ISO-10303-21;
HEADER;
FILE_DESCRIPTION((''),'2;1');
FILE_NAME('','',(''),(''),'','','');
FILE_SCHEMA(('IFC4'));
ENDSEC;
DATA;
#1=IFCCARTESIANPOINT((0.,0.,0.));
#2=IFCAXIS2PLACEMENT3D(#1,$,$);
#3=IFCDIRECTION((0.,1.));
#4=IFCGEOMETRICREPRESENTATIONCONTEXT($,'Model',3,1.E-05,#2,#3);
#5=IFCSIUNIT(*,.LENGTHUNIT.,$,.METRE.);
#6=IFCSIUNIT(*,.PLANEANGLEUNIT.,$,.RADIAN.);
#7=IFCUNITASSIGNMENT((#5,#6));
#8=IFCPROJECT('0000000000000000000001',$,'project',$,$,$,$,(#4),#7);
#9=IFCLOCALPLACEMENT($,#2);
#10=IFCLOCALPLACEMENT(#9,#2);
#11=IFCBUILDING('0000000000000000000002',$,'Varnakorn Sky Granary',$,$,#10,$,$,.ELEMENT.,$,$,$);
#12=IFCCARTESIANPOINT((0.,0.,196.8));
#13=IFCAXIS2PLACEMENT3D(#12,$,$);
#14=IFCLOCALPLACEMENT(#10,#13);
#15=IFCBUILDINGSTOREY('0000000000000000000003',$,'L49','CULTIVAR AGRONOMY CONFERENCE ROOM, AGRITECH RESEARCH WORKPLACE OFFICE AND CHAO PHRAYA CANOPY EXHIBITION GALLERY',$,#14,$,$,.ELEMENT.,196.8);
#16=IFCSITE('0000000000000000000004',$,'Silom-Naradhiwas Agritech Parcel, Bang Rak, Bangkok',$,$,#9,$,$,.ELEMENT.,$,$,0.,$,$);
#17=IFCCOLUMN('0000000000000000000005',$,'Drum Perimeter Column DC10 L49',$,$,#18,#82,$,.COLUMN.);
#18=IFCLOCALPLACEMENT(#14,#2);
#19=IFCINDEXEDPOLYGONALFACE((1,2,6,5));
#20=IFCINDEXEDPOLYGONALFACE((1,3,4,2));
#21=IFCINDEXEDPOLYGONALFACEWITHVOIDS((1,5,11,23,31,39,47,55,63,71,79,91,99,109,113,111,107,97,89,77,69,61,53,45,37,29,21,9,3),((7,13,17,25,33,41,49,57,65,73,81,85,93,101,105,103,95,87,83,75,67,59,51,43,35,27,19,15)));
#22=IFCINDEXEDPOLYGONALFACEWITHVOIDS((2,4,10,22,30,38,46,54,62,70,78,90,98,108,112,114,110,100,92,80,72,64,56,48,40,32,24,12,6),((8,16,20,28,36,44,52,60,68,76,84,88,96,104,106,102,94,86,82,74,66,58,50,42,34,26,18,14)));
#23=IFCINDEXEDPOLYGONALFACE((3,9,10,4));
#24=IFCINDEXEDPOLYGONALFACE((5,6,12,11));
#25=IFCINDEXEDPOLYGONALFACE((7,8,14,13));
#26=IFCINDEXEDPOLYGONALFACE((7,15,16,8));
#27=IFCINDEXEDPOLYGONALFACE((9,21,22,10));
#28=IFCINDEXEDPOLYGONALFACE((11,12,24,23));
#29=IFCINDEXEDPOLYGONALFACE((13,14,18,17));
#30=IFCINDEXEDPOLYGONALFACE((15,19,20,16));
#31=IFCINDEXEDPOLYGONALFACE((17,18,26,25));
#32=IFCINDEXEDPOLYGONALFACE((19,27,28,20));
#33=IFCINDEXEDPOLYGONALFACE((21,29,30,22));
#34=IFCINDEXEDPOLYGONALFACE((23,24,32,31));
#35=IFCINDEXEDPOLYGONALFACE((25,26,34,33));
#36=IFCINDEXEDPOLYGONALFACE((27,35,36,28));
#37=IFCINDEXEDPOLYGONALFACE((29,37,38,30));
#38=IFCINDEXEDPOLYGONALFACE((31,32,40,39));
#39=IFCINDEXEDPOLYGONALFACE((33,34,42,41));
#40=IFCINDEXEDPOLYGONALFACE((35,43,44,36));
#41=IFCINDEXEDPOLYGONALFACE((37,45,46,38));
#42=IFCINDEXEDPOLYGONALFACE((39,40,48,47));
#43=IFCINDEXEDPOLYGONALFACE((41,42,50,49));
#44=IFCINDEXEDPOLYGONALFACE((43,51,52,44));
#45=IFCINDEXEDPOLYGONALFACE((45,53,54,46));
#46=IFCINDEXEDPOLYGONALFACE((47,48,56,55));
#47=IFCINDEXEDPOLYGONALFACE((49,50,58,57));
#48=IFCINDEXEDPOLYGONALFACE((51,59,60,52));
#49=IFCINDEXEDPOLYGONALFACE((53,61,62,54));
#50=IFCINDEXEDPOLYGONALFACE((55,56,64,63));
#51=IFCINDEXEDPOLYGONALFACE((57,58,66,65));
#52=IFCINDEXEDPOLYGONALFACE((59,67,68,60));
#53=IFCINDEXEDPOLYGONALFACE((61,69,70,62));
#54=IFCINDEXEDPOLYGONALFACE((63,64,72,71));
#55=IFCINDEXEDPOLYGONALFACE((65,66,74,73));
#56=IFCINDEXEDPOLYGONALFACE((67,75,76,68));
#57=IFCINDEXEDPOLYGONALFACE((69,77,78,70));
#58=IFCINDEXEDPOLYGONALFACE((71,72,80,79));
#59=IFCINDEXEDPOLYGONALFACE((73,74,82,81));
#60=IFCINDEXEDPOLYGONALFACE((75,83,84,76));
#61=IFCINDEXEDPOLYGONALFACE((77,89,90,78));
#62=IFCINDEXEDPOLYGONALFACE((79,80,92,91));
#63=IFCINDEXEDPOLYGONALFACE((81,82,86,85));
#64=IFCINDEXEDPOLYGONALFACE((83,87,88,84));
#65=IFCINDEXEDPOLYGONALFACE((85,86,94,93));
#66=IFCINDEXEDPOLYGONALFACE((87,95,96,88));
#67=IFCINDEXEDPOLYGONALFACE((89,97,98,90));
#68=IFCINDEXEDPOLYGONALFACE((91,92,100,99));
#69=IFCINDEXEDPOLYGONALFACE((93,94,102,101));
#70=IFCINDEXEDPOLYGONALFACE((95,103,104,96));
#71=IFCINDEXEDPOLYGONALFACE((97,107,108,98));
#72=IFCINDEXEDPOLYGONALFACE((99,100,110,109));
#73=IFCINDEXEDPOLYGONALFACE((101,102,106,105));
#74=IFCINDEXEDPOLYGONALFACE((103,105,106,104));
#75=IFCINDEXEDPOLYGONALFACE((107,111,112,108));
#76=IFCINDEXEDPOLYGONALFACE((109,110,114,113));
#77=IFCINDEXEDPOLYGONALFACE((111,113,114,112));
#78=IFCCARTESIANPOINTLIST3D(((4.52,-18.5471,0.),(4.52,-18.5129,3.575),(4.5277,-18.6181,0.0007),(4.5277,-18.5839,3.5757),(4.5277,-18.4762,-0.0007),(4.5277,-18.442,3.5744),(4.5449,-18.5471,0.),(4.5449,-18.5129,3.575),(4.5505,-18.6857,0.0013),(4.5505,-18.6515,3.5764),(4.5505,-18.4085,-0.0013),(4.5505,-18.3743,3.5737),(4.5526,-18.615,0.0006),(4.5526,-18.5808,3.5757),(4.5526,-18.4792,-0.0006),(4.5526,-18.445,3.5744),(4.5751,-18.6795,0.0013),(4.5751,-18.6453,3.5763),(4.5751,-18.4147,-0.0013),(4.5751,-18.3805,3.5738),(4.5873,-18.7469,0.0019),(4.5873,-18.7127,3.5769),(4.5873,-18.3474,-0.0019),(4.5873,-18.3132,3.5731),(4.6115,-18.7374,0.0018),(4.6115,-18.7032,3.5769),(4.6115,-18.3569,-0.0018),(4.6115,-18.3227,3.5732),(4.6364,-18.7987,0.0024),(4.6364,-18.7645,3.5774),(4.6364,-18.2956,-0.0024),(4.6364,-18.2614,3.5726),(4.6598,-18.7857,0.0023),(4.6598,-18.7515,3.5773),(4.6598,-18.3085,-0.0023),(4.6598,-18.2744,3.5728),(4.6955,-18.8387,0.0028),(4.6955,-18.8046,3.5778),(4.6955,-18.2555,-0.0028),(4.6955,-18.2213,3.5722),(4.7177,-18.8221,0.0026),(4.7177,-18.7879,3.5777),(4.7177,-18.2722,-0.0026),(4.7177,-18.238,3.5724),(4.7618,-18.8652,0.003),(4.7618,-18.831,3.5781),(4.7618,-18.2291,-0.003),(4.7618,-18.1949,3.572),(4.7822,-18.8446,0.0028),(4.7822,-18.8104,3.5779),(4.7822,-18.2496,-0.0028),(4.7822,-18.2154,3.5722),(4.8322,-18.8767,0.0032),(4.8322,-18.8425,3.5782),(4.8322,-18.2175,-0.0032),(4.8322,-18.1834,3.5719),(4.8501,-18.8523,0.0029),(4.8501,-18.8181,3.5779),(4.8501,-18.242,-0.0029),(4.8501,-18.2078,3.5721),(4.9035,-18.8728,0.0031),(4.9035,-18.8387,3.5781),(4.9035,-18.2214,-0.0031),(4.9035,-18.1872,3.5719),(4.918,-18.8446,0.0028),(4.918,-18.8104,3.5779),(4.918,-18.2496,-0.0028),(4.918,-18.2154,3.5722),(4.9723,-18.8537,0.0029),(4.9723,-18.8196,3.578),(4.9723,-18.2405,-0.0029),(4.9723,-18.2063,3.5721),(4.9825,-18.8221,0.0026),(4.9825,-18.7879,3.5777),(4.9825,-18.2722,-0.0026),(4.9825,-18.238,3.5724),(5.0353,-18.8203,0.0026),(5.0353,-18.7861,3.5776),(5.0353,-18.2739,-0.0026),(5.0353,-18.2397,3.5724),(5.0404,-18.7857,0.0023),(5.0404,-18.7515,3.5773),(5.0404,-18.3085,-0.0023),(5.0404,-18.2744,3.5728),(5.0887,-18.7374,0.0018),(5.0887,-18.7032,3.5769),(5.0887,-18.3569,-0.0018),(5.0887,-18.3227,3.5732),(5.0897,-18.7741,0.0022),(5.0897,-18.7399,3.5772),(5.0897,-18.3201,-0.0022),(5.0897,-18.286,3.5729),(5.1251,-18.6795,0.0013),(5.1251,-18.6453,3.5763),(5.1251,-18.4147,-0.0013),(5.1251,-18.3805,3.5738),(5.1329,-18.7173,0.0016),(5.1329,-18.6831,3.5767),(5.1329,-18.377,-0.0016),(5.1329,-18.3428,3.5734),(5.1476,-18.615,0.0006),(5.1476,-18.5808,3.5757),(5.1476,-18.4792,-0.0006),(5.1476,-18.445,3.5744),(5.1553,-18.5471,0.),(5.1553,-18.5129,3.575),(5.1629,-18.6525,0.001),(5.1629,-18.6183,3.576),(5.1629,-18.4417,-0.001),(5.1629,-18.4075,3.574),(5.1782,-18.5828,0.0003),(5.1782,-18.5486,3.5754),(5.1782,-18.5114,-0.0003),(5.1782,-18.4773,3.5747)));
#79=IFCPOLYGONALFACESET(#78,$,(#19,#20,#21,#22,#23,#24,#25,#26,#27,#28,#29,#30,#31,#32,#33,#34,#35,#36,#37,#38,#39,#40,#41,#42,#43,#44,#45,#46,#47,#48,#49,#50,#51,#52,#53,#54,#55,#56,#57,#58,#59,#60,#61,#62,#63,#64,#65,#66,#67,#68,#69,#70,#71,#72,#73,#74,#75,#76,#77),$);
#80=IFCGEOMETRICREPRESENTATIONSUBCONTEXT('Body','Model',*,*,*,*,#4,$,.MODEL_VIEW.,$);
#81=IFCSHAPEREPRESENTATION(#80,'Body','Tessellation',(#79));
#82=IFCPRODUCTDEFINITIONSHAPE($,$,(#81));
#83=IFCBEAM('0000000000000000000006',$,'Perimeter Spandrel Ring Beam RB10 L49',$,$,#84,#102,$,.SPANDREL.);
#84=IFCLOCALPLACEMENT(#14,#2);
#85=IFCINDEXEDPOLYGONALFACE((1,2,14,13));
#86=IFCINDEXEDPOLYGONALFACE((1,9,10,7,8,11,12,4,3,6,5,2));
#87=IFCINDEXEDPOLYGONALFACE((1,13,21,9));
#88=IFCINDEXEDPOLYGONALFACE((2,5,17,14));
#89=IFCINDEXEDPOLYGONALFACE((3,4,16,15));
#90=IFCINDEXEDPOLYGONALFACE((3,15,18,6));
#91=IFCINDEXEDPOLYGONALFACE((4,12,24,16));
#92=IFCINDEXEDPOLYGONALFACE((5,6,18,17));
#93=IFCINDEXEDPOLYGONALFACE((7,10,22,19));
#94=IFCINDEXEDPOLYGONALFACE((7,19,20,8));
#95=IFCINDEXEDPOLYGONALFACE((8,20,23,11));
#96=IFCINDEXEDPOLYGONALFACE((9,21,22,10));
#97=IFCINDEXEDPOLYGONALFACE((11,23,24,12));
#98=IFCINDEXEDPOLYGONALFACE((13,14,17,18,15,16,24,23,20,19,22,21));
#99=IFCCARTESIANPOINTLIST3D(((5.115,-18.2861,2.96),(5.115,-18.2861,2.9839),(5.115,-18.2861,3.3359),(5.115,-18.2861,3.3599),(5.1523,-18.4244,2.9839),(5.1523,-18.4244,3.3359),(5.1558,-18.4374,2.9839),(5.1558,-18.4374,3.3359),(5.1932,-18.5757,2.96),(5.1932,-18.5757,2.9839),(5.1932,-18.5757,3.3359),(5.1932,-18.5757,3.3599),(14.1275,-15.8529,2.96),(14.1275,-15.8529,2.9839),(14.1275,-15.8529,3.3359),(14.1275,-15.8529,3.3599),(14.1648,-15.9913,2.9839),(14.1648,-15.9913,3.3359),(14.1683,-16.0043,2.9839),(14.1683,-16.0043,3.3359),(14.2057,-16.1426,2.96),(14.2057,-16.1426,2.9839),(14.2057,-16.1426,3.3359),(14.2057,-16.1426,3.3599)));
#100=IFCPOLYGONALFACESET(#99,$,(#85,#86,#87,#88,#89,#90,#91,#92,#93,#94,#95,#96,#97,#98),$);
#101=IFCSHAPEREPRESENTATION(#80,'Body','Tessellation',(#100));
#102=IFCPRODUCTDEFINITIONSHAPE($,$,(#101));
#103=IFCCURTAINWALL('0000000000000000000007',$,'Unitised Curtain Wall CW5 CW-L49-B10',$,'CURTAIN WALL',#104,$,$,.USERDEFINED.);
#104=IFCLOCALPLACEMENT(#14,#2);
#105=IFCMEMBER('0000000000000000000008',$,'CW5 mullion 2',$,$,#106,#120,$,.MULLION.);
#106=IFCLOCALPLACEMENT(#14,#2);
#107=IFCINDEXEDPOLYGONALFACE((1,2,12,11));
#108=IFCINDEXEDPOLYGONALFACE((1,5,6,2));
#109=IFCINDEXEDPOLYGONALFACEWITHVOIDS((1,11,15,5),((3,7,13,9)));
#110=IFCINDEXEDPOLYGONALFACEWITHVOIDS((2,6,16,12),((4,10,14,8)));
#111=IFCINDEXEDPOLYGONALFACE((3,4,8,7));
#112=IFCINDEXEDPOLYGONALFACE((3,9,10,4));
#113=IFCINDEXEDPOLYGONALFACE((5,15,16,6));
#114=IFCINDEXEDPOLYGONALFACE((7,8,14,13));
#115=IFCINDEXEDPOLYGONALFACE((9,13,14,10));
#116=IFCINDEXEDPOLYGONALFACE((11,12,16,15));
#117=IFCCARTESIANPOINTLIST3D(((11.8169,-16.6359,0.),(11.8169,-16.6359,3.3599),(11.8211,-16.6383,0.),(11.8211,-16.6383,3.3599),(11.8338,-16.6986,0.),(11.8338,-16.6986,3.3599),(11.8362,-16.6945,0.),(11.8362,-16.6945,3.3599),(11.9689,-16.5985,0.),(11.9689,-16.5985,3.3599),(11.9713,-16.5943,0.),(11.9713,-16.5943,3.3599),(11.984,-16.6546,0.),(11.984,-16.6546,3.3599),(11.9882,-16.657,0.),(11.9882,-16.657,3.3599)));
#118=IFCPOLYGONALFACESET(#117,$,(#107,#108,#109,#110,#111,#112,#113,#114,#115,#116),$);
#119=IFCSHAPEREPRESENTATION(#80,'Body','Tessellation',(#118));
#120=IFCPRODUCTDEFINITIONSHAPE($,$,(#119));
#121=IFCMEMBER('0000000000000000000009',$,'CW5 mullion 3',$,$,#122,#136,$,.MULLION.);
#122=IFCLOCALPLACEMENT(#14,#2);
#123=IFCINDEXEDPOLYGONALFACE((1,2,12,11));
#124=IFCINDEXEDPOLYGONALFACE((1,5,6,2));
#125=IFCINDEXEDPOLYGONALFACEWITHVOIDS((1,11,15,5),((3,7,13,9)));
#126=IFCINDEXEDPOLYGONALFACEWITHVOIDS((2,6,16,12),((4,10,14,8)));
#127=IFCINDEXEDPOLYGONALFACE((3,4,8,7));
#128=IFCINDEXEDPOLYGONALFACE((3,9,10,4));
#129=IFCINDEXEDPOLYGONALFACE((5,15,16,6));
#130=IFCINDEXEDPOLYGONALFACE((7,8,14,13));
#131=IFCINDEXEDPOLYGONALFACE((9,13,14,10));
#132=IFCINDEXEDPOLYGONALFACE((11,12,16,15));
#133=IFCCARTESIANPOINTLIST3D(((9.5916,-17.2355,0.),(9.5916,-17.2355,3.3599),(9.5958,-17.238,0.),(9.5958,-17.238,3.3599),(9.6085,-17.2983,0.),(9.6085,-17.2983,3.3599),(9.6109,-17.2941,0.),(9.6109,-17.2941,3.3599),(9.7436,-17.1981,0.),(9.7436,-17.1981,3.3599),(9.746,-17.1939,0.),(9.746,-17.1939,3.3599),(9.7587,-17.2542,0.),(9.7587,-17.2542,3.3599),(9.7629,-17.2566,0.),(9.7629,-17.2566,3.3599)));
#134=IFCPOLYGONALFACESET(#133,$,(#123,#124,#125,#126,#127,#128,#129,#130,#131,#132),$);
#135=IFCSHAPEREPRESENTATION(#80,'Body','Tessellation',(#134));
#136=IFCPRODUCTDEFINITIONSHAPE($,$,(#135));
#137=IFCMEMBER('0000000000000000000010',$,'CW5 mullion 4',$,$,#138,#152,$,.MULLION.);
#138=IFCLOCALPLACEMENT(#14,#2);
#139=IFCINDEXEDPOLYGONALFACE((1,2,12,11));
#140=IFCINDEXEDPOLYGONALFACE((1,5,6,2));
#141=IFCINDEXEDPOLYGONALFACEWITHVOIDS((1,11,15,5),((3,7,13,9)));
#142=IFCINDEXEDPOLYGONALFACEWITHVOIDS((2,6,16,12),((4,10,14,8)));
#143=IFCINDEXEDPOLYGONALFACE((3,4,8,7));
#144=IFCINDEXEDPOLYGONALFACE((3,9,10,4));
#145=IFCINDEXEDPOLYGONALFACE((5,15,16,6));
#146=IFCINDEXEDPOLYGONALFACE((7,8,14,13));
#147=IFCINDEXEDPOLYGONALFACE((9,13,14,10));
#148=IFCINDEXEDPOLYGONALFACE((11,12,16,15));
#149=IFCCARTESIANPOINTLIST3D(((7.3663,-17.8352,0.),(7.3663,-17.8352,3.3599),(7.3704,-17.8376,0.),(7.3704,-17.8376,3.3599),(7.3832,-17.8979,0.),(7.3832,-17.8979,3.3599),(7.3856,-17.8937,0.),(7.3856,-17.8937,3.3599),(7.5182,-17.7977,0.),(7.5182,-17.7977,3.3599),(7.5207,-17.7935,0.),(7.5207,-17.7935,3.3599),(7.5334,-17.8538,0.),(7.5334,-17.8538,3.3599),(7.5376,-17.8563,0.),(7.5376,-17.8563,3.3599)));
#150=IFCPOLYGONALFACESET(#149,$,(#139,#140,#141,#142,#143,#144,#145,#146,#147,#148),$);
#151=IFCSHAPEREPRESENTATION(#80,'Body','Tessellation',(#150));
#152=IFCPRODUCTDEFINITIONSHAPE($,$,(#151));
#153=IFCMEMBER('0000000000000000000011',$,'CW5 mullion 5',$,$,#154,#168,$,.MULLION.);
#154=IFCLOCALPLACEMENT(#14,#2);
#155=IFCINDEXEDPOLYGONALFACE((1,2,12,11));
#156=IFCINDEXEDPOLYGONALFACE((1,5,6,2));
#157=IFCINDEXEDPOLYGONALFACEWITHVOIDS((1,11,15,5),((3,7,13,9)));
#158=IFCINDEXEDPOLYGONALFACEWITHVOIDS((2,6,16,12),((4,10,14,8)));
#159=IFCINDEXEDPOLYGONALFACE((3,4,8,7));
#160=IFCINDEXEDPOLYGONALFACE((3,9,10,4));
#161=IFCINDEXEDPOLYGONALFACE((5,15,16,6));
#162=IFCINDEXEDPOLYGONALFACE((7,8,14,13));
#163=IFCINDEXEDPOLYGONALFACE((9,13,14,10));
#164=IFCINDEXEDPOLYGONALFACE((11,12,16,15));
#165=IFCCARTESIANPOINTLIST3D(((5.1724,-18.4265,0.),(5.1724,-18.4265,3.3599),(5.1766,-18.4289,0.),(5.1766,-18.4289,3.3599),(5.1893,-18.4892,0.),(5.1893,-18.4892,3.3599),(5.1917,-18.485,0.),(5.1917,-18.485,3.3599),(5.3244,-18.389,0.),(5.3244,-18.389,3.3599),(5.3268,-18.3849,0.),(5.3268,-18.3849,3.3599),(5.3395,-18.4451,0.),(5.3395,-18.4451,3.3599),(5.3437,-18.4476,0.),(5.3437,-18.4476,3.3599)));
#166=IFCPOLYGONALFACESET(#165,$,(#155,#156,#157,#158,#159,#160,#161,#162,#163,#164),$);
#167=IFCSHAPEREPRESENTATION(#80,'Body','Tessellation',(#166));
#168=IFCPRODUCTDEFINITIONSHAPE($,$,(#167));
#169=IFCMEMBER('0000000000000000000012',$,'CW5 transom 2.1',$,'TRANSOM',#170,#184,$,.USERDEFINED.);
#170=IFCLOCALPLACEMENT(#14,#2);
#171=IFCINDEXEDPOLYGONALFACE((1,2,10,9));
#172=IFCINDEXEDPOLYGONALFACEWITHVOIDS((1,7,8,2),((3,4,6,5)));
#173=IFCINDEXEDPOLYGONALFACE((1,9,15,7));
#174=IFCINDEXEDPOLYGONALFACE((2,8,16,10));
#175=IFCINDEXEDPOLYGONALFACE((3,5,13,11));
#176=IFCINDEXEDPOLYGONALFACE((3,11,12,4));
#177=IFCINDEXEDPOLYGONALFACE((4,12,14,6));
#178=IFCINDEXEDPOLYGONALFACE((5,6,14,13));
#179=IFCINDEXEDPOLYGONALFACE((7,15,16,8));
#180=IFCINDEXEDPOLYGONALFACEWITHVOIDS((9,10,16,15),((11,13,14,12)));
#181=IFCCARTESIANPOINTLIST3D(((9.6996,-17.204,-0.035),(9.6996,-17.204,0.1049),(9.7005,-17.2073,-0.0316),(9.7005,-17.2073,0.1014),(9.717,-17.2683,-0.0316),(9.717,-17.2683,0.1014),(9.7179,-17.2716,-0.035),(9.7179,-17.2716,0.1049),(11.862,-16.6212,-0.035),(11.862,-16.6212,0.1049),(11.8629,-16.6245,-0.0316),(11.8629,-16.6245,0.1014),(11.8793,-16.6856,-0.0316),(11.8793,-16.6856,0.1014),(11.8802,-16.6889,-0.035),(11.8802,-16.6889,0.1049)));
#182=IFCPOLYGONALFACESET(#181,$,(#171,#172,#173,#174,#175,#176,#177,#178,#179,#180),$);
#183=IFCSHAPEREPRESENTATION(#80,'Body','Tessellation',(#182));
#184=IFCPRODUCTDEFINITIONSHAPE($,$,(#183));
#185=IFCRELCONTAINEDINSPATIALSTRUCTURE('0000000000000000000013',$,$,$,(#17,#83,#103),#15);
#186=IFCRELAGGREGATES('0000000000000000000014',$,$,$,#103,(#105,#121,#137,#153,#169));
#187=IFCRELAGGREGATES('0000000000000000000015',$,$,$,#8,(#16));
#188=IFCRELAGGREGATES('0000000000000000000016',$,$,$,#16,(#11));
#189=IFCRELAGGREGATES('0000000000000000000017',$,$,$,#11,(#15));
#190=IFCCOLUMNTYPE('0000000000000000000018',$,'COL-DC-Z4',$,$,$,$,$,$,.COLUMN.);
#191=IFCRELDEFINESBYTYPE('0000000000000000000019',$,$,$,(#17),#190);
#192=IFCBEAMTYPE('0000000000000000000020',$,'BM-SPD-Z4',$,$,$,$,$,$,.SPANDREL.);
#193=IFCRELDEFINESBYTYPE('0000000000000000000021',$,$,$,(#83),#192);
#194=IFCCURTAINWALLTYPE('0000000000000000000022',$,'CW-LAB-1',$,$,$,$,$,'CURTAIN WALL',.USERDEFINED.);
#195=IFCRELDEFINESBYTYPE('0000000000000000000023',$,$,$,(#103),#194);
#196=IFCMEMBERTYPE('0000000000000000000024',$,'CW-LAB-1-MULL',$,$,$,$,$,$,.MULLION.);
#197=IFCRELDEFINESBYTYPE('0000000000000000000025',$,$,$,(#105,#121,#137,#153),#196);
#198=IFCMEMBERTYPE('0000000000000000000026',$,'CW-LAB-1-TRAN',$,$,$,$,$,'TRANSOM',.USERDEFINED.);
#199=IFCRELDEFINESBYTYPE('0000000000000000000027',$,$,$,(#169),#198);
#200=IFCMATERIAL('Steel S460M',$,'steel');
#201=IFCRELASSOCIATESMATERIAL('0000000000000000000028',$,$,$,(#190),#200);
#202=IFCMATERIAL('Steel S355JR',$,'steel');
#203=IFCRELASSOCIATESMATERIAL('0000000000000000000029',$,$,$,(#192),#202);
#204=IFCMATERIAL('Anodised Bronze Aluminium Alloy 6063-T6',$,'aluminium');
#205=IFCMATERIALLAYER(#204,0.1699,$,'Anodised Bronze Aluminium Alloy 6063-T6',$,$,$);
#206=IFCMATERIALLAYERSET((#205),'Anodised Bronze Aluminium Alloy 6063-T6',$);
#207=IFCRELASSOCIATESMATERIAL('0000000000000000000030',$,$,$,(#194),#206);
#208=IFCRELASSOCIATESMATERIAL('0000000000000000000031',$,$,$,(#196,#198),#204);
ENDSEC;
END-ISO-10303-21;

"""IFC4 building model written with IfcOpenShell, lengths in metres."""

from ifc_helpers import new_model, si_unit, direction, frame, origin, origin_2d, place, context, subcontext, project, spatial, hollow_rectangle, hollow_circle, i_section, extrude, material, layer, layer_set, material_profile, profile_set, type_object, element, aggregate, save


model = new_model("IFC4")

# Units and contexts
model_context = context("Model", 3, precision=1e-05, world=origin(), true_north=direction((0.0, 1.0)))
body_context = subcontext(model_context, "Body", "Model", "MODEL_VIEW")
ifc_project = project(units=[si_unit("LENGTHUNIT", "METRE"), si_unit("PLANEANGLEUNIT", "RADIAN")], contexts=[model_context])

# Site, building, storey
site_placement = place(None, origin())
site = spatial("IfcSite", under=ifc_project, at=site_placement, Name="Silom-Naradhiwas Agritech Parcel, Bang Rak, Bangkok", CompositionType="ELEMENT", RefElevation=0.0)
building_placement = place(site_placement, origin())
building = spatial("IfcBuilding", under=site, at=building_placement, Name="Varnakorn Sky Granary", CompositionType="ELEMENT")
storey_placement = place(building_placement, frame((0.0, 0.0, 196.8)))
storey = spatial("IfcBuildingStorey", under=building, at=storey_placement, Name="L49", Description="CULTIVAR AGRONOMY CONFERENCE ROOM, AGRITECH RESEARCH WORKPLACE OFFICE AND CHAO PHRAYA CANOPY EXHIBITION GALLERY", CompositionType="ELEMENT", Elevation=196.8)

# Column
ifc_material_1 = material(Name="Steel S460M", Category="steel")
ifc_material_profile_1 = material_profile(ifc_material_1, hollow_circle(Radius=0.3301, WallThickness=0.0249, at=origin_2d()), Name="CHS 660x25")
ifc_profile_set_1 = profile_set([ifc_material_profile_1], Name="Steel S460M")
column_type = type_object("IfcColumnType", Name="COL-DC-Z4", PredefinedType="COLUMN", material=ifc_profile_set_1)
column_placement = place(storey_placement, frame((4.8501, -18.5471, 0.0), z_axis=(0.0, 0.00956, 0.999954), x_axis=(-1.0, 0.0, 0.0)))
element("IfcColumn", 1, at=column_placement, inside=storey, type_object=column_type, Name="Drum Perimeter Column DC10 L49", PredefinedType="COLUMN", context=body_context, shape_type="SweptSolid", body=[
    extrude(hollow_circle(Radius=0.3301, WallThickness=0.0249, at=origin_2d()), origin(), (0.0, 0.0, 1.0), 3.5752),
])

# Beam
ifc_material_2 = material(Name="Steel S355JR", Category="steel")
ifc_material_profile_2 = material_profile(ifc_material_2, i_section(OverallWidth=0.3, OverallDepth=0.3999, WebThickness=0.0134, FlangeThickness=0.0239, at=origin_2d()), Name="HE 400 B")
ifc_profile_set_2 = profile_set([ifc_material_profile_2], Name="Steel S355JR")
beam_type = type_object("IfcBeamType", Name="BM-SPD-Z4", PredefinedType="SPANDREL", material=ifc_profile_set_2)
beam_placement = place(storey_placement, frame((5.1541, -18.4309, 3.1599), z_axis=(0.965436, 0.26064, 0.0), x_axis=(-0.26064, 0.965436, 0.0)))
element("IfcBeam", 2, at=beam_placement, inside=storey, type_object=beam_type, Name="Perimeter Spandrel Ring Beam RB10 L49", PredefinedType="SPANDREL", context=body_context, shape_type="SweptSolid", body=[
    extrude(i_section(OverallWidth=0.3, OverallDepth=0.3999, WebThickness=0.0134, FlangeThickness=0.0239, at=origin_2d()), origin(), (0.0, 0.0, 1.0), 9.3352),
])

# Curtain wall, members
ifc_material_3 = material(Name="Anodised Bronze Aluminium Alloy 6063-T6", Category="aluminium")
ifc_layer_1 = layer(ifc_material_3, 0.1699, Name="Anodised Bronze Aluminium Alloy 6063-T6")
ifc_layer_set_1 = layer_set([ifc_layer_1], Name="Anodised Bronze Aluminium Alloy 6063-T6")
curtain_wall_type = type_object("IfcCurtainWallType", Name="CW-LAB-1", ElementType="CURTAIN WALL", PredefinedType="USERDEFINED", material=ifc_layer_set_1)
curtain_wall_placement = place(storey_placement, origin())
curtain_wall = element("IfcCurtainWall", 3, at=curtain_wall_placement, inside=storey, type_object=curtain_wall_type, Name="Unitised Curtain Wall CW5 CW-L49-B10", ObjectType="CURTAIN WALL", PredefinedType="USERDEFINED")
ifc_material_profile_3 = material_profile(ifc_material_3, hollow_rectangle(XDim=0.0649, YDim=0.1599, WallThickness=0.0034, at=origin_2d()), Name="ALU MULL 65x160")
ifc_profile_set_3 = profile_set([ifc_material_profile_3], Name="Anodised Bronze Aluminium Alloy 6063-T6")
member_type_1 = type_object("IfcMemberType", Name="CW-LAB-1-MULL", PredefinedType="MULLION", material=ifc_profile_set_3)
member_1_placement = place(storey_placement, frame((11.9026, -16.6465, 0.0), z_axis=(0.0, 0.0, 1.0), x_axis=(0.260196, -0.965556, 0.0)))
member_1 = element("IfcMember", 4, at=member_1_placement, type_object=member_type_1, Name="CW5 mullion 2", PredefinedType="MULLION", context=body_context, shape_type="SweptSolid", body=[
    extrude(hollow_rectangle(XDim=0.0649, YDim=0.1599, WallThickness=0.0034, at=origin_2d()), origin(), (0.0, 0.0, 1.0), 3.3599),
])
member_2_placement = place(storey_placement, frame((9.6772, -17.2461, 0.0), z_axis=(0.0, 0.0, 1.0), x_axis=(0.260196, -0.965556, 0.0)))
member_2 = element("IfcMember", 5, at=member_2_placement, type_object=member_type_1, Name="CW5 mullion 3", PredefinedType="MULLION", context=body_context, shape_type="SweptSolid", body=[
    extrude(hollow_rectangle(XDim=0.0649, YDim=0.1599, WallThickness=0.0034, at=origin_2d()), origin(), (0.0, 0.0, 1.0), 3.3599),
])
member_3_placement = place(storey_placement, frame((7.4519, -17.8457, 0.0), z_axis=(0.0, 0.0, 1.0), x_axis=(0.260196, -0.965556, 0.0)))
member_3 = element("IfcMember", 6, at=member_3_placement, type_object=member_type_1, Name="CW5 mullion 4", PredefinedType="MULLION", context=body_context, shape_type="SweptSolid", body=[
    extrude(hollow_rectangle(XDim=0.0649, YDim=0.1599, WallThickness=0.0034, at=origin_2d()), origin(), (0.0, 0.0, 1.0), 3.3599),
])
member_4_placement = place(storey_placement, frame((5.2581, -18.437, 0.0), z_axis=(0.0, 0.0, 1.0), x_axis=(0.260196, -0.965556, 0.0)))
member_4 = element("IfcMember", 7, at=member_4_placement, type_object=member_type_1, Name="CW5 mullion 5", PredefinedType="MULLION", context=body_context, shape_type="SweptSolid", body=[
    extrude(hollow_rectangle(XDim=0.0649, YDim=0.1599, WallThickness=0.0034, at=origin_2d()), origin(), (0.0, 0.0, 1.0), 3.3599),
])
ifc_material_profile_4 = material_profile(ifc_material_3, hollow_rectangle(XDim=0.0701, YDim=0.1399, WallThickness=0.0034, at=origin_2d()), Name="ALU TRAN 70x140")
ifc_profile_set_4 = profile_set([ifc_material_profile_4], Name="Anodised Bronze Aluminium Alloy 6063-T6")
member_type_2 = type_object("IfcMemberType", Name="CW-LAB-1-TRAN", ElementType="TRANSOM", PredefinedType="USERDEFINED", material=ifc_profile_set_4)
member_5_placement = place(storey_placement, frame((11.8711, -16.655, 0.0349), z_axis=(-0.965549, -0.26022, 0.0), x_axis=(0.26022, -0.965549, 0.0)))
member_5 = element("IfcMember", 8, at=member_5_placement, type_object=member_type_2, Name="CW5 transom 2.1", ObjectType="TRANSOM", PredefinedType="USERDEFINED", context=body_context, shape_type="SweptSolid", body=[
    extrude(hollow_rectangle(XDim=0.0701, YDim=0.1399, WallThickness=0.0034, at=origin_2d()), origin(), (0.0, 0.0, 1.0), 2.2395),
])

aggregate(curtain_wall, [member_1, member_2, member_3, member_4, member_5])

save(model, "model.ifc")
